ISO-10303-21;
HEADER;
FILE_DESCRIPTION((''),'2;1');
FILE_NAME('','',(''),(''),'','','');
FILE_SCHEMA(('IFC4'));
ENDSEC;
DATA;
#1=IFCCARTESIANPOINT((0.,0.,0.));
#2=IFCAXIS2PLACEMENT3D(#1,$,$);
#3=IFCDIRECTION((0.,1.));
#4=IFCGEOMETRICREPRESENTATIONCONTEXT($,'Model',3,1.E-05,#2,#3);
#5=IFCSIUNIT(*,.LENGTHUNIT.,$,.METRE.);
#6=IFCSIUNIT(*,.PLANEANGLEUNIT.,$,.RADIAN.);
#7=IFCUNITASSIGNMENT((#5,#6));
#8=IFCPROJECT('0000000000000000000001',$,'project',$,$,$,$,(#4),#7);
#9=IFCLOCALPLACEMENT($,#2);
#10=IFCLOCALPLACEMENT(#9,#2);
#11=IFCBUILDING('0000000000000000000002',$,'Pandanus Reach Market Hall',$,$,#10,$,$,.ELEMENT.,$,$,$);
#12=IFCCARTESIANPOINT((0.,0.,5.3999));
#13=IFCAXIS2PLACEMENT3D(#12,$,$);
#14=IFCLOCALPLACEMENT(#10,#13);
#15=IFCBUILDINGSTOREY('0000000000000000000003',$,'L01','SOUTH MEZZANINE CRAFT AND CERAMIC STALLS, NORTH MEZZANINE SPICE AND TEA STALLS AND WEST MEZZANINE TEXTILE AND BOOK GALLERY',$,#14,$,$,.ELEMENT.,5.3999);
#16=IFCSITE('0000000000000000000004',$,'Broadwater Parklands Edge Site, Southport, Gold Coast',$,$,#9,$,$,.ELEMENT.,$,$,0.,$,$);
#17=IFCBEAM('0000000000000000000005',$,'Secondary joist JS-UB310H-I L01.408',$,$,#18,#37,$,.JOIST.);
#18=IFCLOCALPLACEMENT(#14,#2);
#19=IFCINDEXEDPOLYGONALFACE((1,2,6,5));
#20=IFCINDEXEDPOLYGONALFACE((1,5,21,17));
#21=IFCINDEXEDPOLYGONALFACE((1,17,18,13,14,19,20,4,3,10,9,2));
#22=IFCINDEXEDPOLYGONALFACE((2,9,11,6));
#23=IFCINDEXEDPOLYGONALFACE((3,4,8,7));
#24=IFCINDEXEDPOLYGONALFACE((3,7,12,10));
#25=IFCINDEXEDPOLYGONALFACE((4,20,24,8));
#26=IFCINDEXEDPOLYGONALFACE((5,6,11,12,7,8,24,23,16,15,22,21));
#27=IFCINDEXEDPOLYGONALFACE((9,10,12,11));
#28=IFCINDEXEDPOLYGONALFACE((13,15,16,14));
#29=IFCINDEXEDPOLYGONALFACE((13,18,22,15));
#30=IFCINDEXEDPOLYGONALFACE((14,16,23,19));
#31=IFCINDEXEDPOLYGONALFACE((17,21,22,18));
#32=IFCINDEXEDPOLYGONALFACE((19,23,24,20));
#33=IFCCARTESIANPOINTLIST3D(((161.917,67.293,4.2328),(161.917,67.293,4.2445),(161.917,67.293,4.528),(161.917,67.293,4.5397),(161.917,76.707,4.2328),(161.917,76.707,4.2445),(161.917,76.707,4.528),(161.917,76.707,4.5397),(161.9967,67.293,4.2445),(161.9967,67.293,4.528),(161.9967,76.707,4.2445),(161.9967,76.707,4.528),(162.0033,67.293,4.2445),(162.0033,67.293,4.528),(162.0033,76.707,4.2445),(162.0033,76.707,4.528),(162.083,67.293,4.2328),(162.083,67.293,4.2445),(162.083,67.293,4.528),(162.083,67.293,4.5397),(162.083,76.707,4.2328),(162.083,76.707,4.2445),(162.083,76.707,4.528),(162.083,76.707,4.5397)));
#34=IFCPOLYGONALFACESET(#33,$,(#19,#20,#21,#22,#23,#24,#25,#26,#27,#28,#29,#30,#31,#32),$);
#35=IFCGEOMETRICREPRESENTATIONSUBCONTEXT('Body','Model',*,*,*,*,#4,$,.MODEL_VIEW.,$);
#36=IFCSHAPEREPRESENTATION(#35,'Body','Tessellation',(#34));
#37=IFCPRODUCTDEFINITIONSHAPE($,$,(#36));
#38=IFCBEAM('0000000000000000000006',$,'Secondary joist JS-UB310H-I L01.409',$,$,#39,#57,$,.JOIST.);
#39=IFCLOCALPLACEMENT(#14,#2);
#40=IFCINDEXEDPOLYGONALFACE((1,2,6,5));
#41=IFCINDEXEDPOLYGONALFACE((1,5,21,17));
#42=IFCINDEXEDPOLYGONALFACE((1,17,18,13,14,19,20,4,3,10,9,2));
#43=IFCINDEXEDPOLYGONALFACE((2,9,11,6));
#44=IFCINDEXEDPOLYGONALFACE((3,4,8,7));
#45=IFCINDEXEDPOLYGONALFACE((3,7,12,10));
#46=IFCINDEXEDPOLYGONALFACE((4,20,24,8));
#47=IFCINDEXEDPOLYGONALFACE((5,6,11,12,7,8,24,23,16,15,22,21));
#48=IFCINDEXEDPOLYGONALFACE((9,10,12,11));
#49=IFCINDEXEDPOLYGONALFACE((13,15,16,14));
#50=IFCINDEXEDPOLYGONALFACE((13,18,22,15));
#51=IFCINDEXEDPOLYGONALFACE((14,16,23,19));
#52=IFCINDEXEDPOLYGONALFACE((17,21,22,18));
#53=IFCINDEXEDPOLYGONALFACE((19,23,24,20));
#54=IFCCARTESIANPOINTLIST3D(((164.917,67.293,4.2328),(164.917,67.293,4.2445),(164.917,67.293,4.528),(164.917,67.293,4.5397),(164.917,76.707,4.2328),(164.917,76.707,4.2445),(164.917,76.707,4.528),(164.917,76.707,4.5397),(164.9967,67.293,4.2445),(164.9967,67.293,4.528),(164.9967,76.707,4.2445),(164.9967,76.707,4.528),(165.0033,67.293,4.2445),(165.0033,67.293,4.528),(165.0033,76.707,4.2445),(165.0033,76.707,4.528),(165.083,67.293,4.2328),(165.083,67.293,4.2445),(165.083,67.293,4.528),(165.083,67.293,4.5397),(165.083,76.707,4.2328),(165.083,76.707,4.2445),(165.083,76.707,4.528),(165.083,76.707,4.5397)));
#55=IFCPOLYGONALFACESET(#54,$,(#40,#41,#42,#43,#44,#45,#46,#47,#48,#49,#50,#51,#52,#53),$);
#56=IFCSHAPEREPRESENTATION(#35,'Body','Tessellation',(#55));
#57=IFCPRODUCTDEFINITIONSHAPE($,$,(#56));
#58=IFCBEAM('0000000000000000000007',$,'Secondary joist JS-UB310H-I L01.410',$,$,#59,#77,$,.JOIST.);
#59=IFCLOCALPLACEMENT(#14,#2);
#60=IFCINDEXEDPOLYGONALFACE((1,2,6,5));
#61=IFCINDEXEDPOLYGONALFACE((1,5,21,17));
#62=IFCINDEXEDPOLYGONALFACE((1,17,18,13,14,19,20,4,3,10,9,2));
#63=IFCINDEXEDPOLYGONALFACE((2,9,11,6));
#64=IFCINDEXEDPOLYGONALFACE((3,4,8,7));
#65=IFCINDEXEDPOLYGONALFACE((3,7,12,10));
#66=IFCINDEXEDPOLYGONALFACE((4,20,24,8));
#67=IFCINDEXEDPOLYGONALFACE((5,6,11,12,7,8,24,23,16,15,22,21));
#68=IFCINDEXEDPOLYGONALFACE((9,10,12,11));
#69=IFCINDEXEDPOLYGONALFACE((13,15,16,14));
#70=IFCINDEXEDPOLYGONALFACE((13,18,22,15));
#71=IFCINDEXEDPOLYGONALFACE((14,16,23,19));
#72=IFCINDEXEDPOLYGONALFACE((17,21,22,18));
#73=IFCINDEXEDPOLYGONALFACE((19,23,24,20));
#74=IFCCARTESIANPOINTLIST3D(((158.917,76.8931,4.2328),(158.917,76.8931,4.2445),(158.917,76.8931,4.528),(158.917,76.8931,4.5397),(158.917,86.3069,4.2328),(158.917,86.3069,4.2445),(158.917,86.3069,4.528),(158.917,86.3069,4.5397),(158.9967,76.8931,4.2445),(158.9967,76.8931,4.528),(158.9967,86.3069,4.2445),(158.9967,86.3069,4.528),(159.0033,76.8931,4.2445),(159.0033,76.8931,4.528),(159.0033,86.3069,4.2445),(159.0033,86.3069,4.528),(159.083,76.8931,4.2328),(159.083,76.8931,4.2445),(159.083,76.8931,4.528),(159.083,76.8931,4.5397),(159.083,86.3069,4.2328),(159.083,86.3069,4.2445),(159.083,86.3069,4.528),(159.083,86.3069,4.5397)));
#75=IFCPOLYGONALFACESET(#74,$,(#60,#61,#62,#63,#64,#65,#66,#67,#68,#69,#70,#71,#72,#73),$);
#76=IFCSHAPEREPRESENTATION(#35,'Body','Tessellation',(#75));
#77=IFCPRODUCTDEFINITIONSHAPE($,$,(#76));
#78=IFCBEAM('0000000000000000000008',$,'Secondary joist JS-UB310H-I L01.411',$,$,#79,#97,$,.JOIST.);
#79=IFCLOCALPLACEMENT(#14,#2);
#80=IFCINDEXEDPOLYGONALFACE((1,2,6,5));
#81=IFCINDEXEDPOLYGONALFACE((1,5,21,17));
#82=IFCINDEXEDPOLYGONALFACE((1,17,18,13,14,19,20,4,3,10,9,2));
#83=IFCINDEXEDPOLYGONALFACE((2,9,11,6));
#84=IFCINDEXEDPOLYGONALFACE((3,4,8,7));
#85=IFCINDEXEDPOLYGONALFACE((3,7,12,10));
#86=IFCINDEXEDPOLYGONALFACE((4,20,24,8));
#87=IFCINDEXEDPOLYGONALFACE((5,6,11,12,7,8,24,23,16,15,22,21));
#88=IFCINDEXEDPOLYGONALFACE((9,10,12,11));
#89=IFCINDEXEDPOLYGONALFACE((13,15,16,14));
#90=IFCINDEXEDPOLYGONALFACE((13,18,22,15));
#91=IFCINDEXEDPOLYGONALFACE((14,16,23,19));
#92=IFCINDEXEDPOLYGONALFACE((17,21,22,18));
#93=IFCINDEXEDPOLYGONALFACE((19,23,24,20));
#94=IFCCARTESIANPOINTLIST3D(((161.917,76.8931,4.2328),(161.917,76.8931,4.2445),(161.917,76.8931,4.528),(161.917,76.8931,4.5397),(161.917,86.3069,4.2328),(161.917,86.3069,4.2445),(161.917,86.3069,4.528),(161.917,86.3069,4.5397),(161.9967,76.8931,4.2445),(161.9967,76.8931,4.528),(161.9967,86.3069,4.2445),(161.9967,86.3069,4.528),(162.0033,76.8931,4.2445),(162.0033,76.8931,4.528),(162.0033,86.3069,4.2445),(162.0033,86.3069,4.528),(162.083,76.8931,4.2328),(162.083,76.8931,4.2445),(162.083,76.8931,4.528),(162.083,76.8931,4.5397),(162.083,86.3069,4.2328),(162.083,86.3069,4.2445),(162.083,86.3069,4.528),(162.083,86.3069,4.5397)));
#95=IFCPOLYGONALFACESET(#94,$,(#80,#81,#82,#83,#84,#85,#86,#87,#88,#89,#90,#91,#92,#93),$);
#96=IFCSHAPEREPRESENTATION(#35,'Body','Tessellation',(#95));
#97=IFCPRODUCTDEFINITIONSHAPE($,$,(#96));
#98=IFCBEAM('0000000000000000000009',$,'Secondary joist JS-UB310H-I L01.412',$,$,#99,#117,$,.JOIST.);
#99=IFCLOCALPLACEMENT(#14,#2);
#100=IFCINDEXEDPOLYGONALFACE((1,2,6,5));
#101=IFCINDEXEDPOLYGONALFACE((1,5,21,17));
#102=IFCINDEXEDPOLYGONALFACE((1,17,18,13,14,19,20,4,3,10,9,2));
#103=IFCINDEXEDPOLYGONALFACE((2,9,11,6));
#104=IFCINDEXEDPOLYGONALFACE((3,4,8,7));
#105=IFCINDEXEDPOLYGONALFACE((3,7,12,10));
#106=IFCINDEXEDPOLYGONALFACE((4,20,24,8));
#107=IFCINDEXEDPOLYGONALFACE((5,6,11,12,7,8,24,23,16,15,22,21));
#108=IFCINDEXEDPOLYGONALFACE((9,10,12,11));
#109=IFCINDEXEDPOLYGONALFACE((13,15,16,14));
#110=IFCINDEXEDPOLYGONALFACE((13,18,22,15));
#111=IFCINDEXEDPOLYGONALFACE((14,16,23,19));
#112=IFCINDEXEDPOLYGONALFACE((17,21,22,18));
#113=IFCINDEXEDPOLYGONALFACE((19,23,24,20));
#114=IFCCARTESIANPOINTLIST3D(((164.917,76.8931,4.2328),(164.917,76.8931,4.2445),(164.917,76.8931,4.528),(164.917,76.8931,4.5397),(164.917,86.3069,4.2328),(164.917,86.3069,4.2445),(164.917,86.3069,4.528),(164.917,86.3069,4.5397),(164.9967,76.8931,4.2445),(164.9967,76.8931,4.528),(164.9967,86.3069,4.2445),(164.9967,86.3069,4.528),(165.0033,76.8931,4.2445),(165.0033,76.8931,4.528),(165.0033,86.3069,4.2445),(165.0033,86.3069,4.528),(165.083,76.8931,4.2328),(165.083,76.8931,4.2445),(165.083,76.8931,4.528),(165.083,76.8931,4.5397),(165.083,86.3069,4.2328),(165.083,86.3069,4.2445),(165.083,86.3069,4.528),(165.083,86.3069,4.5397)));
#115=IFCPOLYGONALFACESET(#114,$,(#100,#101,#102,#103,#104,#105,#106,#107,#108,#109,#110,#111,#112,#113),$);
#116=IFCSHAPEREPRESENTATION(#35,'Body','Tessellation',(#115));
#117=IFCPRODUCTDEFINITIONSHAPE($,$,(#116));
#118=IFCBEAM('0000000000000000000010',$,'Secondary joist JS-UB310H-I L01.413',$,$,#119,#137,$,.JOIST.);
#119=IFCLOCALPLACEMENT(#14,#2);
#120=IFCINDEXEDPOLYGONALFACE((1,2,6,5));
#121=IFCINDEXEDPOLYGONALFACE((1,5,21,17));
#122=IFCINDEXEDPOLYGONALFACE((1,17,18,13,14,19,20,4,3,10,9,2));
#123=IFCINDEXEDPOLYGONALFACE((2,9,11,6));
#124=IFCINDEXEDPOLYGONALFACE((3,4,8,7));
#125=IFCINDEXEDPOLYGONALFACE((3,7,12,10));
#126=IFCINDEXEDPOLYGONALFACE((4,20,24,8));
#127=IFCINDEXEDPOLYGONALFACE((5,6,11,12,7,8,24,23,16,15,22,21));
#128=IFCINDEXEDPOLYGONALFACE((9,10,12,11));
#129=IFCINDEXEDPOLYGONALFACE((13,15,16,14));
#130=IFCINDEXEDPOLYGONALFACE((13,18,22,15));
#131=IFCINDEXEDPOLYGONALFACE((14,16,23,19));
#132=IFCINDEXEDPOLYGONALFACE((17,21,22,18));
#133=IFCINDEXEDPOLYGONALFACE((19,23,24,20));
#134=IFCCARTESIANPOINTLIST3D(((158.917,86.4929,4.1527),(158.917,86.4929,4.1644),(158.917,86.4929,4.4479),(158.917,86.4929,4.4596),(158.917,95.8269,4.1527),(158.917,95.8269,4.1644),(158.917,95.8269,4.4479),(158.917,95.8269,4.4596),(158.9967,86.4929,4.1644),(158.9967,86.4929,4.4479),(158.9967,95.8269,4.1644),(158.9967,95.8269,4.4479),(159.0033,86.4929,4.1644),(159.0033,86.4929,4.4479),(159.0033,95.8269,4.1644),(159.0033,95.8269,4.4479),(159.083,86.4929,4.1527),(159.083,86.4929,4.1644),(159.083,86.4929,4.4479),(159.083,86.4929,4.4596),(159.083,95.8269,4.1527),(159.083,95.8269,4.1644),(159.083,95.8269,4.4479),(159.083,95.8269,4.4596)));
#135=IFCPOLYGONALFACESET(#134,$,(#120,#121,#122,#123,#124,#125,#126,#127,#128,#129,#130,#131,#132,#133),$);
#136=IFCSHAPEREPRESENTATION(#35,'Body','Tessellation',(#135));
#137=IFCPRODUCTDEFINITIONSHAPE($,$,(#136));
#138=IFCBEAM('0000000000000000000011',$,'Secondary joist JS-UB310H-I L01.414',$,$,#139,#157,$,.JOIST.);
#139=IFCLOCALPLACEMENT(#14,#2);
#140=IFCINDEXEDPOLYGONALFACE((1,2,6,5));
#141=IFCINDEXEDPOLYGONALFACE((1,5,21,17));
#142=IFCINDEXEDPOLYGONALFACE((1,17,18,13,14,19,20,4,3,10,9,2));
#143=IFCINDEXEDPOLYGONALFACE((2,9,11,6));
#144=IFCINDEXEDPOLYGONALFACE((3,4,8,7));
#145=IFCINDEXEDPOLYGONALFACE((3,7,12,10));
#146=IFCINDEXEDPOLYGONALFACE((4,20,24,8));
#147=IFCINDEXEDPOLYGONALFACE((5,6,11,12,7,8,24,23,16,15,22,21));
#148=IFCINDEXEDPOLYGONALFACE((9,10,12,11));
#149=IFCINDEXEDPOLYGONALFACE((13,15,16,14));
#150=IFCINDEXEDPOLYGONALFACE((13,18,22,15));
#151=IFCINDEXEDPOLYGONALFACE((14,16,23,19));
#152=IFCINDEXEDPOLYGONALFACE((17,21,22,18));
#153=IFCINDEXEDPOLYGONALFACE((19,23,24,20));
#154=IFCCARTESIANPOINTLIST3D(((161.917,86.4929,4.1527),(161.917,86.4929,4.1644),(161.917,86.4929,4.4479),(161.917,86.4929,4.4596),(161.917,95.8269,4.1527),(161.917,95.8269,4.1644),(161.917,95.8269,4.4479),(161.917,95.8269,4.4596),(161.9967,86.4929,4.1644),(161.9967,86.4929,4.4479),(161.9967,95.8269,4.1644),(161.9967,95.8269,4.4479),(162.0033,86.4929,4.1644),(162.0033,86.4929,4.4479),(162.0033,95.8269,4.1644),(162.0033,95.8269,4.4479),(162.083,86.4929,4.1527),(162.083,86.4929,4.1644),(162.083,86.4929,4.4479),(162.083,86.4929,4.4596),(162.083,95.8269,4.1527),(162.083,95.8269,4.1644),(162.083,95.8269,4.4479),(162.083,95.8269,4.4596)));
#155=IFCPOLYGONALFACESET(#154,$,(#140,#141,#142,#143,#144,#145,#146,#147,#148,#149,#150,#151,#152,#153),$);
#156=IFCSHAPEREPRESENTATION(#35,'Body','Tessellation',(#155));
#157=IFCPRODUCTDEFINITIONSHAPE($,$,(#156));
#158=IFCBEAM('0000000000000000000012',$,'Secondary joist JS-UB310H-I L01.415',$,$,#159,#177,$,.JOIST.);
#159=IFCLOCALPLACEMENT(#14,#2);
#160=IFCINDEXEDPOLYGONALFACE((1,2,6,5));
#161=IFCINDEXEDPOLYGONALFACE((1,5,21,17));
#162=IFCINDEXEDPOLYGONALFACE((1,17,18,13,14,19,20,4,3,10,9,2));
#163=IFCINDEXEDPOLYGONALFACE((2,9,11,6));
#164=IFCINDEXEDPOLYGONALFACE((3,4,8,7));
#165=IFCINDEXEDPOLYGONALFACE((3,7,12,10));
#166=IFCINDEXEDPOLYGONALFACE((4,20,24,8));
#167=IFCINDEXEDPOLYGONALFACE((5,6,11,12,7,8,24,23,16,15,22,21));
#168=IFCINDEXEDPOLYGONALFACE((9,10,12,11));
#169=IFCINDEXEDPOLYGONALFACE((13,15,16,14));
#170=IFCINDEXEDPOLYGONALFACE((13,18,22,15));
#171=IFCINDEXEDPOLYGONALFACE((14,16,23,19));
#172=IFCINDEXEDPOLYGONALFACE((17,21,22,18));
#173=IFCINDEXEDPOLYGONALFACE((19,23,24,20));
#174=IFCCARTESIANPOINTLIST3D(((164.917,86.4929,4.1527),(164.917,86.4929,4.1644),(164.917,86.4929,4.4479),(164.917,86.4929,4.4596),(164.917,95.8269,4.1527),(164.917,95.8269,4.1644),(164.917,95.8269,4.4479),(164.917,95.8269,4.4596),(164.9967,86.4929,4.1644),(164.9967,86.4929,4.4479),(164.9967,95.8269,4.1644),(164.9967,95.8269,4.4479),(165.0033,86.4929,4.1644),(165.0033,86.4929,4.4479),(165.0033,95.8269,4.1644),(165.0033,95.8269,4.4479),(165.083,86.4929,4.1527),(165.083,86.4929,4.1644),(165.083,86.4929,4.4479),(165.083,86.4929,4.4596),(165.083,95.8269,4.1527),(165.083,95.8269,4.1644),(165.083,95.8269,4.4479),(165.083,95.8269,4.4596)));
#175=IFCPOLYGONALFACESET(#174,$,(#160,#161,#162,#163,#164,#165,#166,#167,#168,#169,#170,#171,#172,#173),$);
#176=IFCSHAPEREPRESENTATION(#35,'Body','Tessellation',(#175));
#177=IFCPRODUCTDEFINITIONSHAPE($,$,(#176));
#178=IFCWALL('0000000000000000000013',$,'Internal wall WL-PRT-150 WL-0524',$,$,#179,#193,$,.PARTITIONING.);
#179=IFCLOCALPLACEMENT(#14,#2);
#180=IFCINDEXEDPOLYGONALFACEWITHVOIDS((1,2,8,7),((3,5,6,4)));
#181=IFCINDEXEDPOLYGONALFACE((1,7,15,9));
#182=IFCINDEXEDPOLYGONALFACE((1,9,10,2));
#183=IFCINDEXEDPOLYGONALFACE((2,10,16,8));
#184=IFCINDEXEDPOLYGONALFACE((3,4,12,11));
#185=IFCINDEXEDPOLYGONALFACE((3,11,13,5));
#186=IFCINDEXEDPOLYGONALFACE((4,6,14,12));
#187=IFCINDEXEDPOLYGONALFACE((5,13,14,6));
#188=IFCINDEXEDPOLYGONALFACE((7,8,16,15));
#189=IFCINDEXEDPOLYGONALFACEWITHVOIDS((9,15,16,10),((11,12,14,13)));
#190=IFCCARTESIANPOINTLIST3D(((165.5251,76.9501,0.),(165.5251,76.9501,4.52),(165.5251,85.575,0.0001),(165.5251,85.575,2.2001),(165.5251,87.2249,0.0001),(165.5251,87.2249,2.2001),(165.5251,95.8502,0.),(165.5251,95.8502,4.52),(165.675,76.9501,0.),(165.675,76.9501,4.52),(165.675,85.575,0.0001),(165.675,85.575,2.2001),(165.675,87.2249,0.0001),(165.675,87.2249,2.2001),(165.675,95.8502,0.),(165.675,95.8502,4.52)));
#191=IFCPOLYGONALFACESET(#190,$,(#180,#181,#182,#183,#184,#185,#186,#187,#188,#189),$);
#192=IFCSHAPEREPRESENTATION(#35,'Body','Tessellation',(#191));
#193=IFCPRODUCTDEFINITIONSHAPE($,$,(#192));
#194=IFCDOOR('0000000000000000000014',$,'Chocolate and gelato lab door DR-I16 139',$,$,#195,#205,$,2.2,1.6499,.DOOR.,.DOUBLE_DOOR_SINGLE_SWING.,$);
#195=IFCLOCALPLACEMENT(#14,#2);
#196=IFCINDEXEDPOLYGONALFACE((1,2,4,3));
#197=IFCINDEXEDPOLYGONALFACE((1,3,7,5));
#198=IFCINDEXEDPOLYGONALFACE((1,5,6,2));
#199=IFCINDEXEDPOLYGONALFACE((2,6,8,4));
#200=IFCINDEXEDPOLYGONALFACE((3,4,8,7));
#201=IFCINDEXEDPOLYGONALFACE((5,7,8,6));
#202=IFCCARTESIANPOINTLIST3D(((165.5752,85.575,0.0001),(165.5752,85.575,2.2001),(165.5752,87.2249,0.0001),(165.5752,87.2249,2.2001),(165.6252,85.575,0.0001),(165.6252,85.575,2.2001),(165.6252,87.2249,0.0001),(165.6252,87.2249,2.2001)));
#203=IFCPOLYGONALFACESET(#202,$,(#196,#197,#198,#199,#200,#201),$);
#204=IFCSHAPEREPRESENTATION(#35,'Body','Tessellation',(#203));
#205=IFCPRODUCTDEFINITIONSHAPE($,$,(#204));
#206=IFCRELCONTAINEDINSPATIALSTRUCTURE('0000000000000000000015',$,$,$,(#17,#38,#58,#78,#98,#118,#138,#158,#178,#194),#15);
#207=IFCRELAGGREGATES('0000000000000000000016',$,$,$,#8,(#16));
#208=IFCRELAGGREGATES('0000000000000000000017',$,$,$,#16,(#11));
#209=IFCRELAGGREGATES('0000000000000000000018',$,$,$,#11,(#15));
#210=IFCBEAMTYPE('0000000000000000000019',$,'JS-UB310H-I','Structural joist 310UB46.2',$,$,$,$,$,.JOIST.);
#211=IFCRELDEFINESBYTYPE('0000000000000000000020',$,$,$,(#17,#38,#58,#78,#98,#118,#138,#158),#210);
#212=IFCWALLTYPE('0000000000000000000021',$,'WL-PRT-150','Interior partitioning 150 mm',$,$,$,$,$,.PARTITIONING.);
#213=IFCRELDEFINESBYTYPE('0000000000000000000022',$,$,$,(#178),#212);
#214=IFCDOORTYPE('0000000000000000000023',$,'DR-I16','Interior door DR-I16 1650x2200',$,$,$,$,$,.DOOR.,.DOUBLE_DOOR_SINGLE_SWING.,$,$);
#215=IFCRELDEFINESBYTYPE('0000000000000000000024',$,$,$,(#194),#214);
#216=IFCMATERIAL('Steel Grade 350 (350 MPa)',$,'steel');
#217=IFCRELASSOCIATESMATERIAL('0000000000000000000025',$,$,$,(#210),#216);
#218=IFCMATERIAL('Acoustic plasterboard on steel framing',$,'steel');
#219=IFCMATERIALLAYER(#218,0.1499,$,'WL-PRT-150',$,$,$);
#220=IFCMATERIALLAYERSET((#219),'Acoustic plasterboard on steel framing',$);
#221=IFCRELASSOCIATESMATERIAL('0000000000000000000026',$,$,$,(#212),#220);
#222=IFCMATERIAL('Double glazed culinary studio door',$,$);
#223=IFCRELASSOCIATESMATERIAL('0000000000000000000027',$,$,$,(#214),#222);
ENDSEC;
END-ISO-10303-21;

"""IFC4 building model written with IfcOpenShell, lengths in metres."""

from ifc_helpers import new_model, si_unit, direction, frame, frame_2d, origin, origin_2d, place, context, subcontext, project, spatial, rectangle, i_section, extrude, material, layer, layer_set, material_profile, profile_set, type_object, element, fill, save


model = new_model("IFC4")

# Units and contexts
model_context = context("Model", 3, precision=1e-05, world=origin(), true_north=direction((0.0, 1.0)))
body_context = subcontext(model_context, "Body", "Model", "MODEL_VIEW")
ifc_project = project(units=[si_unit("LENGTHUNIT", "METRE"), si_unit("PLANEANGLEUNIT", "RADIAN")], contexts=[model_context])

# Site, building, storey
site_placement = place(None, origin())
site = spatial("IfcSite", under=ifc_project, at=site_placement, Name="Broadwater Parklands Edge Site, Southport, Gold Coast", CompositionType="ELEMENT", RefElevation=0.0)
building_placement = place(site_placement, origin())
building = spatial("IfcBuilding", under=site, at=building_placement, Name="Pandanus Reach Market Hall", CompositionType="ELEMENT")
storey_placement = place(building_placement, frame((0.0, 0.0, 5.3999)))
storey = spatial("IfcBuildingStorey", under=building, at=storey_placement, Name="L01", Description="SOUTH MEZZANINE CRAFT AND CERAMIC STALLS, NORTH MEZZANINE SPICE AND TEA STALLS AND WEST MEZZANINE TEXTILE AND BOOK GALLERY", CompositionType="ELEMENT", Elevation=5.3999)

# Beams
ifc_material_1 = material(Name="Steel Grade 350 (350 MPa)", Category="steel")
ifc_material_profile_1 = material_profile(ifc_material_1, i_section(OverallWidth=0.166, OverallDepth=0.3069, WebThickness=0.0066, FlangeThickness=0.0117, at=origin_2d()), Name="310UB46.2", Category="LoadBearing")
ifc_profile_set_1 = profile_set([ifc_material_profile_1], Name="Steel Grade 350 (350 MPa)")
beam_type_1 = type_object("IfcBeamType", Name="JS-UB310H-I", Description="Structural joist 310UB46.2", PredefinedType="JOIST", material=ifc_profile_set_1)
for number, where, z_axis, x_axis, name in (
    (1, (162.0, 67.293, 4.3862), (0.0, 1.0, 0.0), (-1.0, 0.0, 0.0), "Secondary joist JS-UB310H-I L01.408"),
    (2, (165.0, 67.293, 4.3862), (0.0, 1.0, 0.0), (-1.0, 0.0, 0.0), "Secondary joist JS-UB310H-I L01.409"),
):
    element("IfcBeam", number, at=place(storey_placement, frame(where, z_axis=z_axis, x_axis=x_axis)), inside=storey, type_object=beam_type_1, Name=name, PredefinedType="JOIST", context=body_context, shape_type="SweptSolid", body=[
        extrude(i_section(OverallWidth=0.166, OverallDepth=0.3069, WebThickness=0.0066, FlangeThickness=0.0117, at=origin_2d()), origin(), (0.0, 0.0, 1.0), 9.4141),
    ])
for number, where, z_axis, x_axis, name in (
    (3, (159.0, 76.8931, 4.3862), (0.0, 1.0, 0.0), (-1.0, 0.0, 0.0), "Secondary joist JS-UB310H-I L01.410"),
    (4, (162.0, 76.8931, 4.3862), (0.0, 1.0, 0.0), (-1.0, 0.0, 0.0), "Secondary joist JS-UB310H-I L01.411"),
    (5, (165.0, 76.8931, 4.3862), (0.0, 1.0, 0.0), (-1.0, 0.0, 0.0), "Secondary joist JS-UB310H-I L01.412"),
):
    element("IfcBeam", number, at=place(storey_placement, frame(where, z_axis=z_axis, x_axis=x_axis)), inside=storey, type_object=beam_type_1, Name=name, PredefinedType="JOIST", context=body_context, shape_type="SweptSolid", body=[
        extrude(i_section(OverallWidth=0.166, OverallDepth=0.3069, WebThickness=0.0066, FlangeThickness=0.0117, at=origin_2d()), origin(), (0.0, 0.0, 1.0), 9.4138),
    ])
for number, where, z_axis, x_axis, name in (
    (6, (159.0, 86.4929, 4.3062), (0.0, 1.0, 0.0), (-1.0, 0.0, 0.0), "Secondary joist JS-UB310H-I L01.413"),
    (7, (162.0, 86.4929, 4.3062), (0.0, 1.0, 0.0), (-1.0, 0.0, 0.0), "Secondary joist JS-UB310H-I L01.414"),
    (8, (165.0, 86.4929, 4.3062), (0.0, 1.0, 0.0), (-1.0, 0.0, 0.0), "Secondary joist JS-UB310H-I L01.415"),
):
    element("IfcBeam", number, at=place(storey_placement, frame(where, z_axis=z_axis, x_axis=x_axis)), inside=storey, type_object=beam_type_1, Name=name, PredefinedType="JOIST", context=body_context, shape_type="SweptSolid", body=[
        extrude(i_section(OverallWidth=0.166, OverallDepth=0.3069, WebThickness=0.0066, FlangeThickness=0.0117, at=origin_2d()), origin(), (0.0, 0.0, 1.0), 9.334),
    ])

# Wall, opening, door
ifc_material_2 = material(Name="Acoustic plasterboard on steel framing", Category="steel")
ifc_layer = layer(ifc_material_2, 0.1499, Name="WL-PRT-150")
ifc_layer_set = layer_set([ifc_layer], Name="Acoustic plasterboard on steel framing")
wall_type = type_object("IfcWallType", Name="WL-PRT-150", Description="Interior partitioning 150 mm", PredefinedType="PARTITIONING", material=ifc_layer_set)
wall_placement = place(storey_placement, frame((165.6001, 76.95, 0.0), z_axis=(0.0, 0.0, 1.0), x_axis=(0.0, 1.0, 0.0)))
wall = element("IfcWall", 9, at=wall_placement, inside=storey, type_object=wall_type, Name="Internal wall WL-PRT-150 WL-0524", PredefinedType="PARTITIONING", context=body_context, shape_type="SweptSolid", body=[
    extrude(rectangle(XDim=18.9001, YDim=0.1499, at=frame_2d((9.4502, 0.0))), origin(), (0.0, 0.0, 1.0), 4.52),
])
opening_placement = place(wall_placement, frame((8.625, 0.0, 0.0)))
opening = element("IfcOpeningElement", 10, at=opening_placement, cuts=wall, PredefinedType="OPENING", context=body_context, shape_type="SweptSolid", body=[
    extrude(rectangle(XDim=1.6499, YDim=2.2, at=frame_2d((0.825, 1.1001))), frame((0.0, 0.0898, 0.0), z_axis=(0.0, -1.0, 0.0), x_axis=(1.0, 0.0, 0.0)), (0.0, 0.0, 1.0), 0.1799),
])
ifc_material_3 = material(Name="Double glazed culinary studio door")
door_type = type_object("IfcDoorType", Name="DR-I16", Description="Interior door DR-I16 1650x2200", OperationType="DOUBLE_DOOR_SINGLE_SWING", PredefinedType="DOOR", material=ifc_material_3)
door_placement = place(opening_placement, origin())
door = element("IfcDoor", 11, at=door_placement, inside=storey, type_object=door_type, Name="Chocolate and gelato lab door DR-I16 139", OperationType="DOUBLE_DOOR_SINGLE_SWING", OverallHeight=2.2, OverallWidth=1.6499, PredefinedType="DOOR", context=body_context, shape_type="SweptSolid", body=[
    extrude(rectangle(XDim=1.6499, YDim=2.2, at=frame_2d((0.825, 1.1001))), frame((0.0, 0.0249, 0.0), z_axis=(0.0, -1.0, 0.0), x_axis=(1.0, 0.0, 0.0)), (0.0, 0.0, 1.0), 0.05),
])
fill(opening, door)

save(model, "model.ifc")
